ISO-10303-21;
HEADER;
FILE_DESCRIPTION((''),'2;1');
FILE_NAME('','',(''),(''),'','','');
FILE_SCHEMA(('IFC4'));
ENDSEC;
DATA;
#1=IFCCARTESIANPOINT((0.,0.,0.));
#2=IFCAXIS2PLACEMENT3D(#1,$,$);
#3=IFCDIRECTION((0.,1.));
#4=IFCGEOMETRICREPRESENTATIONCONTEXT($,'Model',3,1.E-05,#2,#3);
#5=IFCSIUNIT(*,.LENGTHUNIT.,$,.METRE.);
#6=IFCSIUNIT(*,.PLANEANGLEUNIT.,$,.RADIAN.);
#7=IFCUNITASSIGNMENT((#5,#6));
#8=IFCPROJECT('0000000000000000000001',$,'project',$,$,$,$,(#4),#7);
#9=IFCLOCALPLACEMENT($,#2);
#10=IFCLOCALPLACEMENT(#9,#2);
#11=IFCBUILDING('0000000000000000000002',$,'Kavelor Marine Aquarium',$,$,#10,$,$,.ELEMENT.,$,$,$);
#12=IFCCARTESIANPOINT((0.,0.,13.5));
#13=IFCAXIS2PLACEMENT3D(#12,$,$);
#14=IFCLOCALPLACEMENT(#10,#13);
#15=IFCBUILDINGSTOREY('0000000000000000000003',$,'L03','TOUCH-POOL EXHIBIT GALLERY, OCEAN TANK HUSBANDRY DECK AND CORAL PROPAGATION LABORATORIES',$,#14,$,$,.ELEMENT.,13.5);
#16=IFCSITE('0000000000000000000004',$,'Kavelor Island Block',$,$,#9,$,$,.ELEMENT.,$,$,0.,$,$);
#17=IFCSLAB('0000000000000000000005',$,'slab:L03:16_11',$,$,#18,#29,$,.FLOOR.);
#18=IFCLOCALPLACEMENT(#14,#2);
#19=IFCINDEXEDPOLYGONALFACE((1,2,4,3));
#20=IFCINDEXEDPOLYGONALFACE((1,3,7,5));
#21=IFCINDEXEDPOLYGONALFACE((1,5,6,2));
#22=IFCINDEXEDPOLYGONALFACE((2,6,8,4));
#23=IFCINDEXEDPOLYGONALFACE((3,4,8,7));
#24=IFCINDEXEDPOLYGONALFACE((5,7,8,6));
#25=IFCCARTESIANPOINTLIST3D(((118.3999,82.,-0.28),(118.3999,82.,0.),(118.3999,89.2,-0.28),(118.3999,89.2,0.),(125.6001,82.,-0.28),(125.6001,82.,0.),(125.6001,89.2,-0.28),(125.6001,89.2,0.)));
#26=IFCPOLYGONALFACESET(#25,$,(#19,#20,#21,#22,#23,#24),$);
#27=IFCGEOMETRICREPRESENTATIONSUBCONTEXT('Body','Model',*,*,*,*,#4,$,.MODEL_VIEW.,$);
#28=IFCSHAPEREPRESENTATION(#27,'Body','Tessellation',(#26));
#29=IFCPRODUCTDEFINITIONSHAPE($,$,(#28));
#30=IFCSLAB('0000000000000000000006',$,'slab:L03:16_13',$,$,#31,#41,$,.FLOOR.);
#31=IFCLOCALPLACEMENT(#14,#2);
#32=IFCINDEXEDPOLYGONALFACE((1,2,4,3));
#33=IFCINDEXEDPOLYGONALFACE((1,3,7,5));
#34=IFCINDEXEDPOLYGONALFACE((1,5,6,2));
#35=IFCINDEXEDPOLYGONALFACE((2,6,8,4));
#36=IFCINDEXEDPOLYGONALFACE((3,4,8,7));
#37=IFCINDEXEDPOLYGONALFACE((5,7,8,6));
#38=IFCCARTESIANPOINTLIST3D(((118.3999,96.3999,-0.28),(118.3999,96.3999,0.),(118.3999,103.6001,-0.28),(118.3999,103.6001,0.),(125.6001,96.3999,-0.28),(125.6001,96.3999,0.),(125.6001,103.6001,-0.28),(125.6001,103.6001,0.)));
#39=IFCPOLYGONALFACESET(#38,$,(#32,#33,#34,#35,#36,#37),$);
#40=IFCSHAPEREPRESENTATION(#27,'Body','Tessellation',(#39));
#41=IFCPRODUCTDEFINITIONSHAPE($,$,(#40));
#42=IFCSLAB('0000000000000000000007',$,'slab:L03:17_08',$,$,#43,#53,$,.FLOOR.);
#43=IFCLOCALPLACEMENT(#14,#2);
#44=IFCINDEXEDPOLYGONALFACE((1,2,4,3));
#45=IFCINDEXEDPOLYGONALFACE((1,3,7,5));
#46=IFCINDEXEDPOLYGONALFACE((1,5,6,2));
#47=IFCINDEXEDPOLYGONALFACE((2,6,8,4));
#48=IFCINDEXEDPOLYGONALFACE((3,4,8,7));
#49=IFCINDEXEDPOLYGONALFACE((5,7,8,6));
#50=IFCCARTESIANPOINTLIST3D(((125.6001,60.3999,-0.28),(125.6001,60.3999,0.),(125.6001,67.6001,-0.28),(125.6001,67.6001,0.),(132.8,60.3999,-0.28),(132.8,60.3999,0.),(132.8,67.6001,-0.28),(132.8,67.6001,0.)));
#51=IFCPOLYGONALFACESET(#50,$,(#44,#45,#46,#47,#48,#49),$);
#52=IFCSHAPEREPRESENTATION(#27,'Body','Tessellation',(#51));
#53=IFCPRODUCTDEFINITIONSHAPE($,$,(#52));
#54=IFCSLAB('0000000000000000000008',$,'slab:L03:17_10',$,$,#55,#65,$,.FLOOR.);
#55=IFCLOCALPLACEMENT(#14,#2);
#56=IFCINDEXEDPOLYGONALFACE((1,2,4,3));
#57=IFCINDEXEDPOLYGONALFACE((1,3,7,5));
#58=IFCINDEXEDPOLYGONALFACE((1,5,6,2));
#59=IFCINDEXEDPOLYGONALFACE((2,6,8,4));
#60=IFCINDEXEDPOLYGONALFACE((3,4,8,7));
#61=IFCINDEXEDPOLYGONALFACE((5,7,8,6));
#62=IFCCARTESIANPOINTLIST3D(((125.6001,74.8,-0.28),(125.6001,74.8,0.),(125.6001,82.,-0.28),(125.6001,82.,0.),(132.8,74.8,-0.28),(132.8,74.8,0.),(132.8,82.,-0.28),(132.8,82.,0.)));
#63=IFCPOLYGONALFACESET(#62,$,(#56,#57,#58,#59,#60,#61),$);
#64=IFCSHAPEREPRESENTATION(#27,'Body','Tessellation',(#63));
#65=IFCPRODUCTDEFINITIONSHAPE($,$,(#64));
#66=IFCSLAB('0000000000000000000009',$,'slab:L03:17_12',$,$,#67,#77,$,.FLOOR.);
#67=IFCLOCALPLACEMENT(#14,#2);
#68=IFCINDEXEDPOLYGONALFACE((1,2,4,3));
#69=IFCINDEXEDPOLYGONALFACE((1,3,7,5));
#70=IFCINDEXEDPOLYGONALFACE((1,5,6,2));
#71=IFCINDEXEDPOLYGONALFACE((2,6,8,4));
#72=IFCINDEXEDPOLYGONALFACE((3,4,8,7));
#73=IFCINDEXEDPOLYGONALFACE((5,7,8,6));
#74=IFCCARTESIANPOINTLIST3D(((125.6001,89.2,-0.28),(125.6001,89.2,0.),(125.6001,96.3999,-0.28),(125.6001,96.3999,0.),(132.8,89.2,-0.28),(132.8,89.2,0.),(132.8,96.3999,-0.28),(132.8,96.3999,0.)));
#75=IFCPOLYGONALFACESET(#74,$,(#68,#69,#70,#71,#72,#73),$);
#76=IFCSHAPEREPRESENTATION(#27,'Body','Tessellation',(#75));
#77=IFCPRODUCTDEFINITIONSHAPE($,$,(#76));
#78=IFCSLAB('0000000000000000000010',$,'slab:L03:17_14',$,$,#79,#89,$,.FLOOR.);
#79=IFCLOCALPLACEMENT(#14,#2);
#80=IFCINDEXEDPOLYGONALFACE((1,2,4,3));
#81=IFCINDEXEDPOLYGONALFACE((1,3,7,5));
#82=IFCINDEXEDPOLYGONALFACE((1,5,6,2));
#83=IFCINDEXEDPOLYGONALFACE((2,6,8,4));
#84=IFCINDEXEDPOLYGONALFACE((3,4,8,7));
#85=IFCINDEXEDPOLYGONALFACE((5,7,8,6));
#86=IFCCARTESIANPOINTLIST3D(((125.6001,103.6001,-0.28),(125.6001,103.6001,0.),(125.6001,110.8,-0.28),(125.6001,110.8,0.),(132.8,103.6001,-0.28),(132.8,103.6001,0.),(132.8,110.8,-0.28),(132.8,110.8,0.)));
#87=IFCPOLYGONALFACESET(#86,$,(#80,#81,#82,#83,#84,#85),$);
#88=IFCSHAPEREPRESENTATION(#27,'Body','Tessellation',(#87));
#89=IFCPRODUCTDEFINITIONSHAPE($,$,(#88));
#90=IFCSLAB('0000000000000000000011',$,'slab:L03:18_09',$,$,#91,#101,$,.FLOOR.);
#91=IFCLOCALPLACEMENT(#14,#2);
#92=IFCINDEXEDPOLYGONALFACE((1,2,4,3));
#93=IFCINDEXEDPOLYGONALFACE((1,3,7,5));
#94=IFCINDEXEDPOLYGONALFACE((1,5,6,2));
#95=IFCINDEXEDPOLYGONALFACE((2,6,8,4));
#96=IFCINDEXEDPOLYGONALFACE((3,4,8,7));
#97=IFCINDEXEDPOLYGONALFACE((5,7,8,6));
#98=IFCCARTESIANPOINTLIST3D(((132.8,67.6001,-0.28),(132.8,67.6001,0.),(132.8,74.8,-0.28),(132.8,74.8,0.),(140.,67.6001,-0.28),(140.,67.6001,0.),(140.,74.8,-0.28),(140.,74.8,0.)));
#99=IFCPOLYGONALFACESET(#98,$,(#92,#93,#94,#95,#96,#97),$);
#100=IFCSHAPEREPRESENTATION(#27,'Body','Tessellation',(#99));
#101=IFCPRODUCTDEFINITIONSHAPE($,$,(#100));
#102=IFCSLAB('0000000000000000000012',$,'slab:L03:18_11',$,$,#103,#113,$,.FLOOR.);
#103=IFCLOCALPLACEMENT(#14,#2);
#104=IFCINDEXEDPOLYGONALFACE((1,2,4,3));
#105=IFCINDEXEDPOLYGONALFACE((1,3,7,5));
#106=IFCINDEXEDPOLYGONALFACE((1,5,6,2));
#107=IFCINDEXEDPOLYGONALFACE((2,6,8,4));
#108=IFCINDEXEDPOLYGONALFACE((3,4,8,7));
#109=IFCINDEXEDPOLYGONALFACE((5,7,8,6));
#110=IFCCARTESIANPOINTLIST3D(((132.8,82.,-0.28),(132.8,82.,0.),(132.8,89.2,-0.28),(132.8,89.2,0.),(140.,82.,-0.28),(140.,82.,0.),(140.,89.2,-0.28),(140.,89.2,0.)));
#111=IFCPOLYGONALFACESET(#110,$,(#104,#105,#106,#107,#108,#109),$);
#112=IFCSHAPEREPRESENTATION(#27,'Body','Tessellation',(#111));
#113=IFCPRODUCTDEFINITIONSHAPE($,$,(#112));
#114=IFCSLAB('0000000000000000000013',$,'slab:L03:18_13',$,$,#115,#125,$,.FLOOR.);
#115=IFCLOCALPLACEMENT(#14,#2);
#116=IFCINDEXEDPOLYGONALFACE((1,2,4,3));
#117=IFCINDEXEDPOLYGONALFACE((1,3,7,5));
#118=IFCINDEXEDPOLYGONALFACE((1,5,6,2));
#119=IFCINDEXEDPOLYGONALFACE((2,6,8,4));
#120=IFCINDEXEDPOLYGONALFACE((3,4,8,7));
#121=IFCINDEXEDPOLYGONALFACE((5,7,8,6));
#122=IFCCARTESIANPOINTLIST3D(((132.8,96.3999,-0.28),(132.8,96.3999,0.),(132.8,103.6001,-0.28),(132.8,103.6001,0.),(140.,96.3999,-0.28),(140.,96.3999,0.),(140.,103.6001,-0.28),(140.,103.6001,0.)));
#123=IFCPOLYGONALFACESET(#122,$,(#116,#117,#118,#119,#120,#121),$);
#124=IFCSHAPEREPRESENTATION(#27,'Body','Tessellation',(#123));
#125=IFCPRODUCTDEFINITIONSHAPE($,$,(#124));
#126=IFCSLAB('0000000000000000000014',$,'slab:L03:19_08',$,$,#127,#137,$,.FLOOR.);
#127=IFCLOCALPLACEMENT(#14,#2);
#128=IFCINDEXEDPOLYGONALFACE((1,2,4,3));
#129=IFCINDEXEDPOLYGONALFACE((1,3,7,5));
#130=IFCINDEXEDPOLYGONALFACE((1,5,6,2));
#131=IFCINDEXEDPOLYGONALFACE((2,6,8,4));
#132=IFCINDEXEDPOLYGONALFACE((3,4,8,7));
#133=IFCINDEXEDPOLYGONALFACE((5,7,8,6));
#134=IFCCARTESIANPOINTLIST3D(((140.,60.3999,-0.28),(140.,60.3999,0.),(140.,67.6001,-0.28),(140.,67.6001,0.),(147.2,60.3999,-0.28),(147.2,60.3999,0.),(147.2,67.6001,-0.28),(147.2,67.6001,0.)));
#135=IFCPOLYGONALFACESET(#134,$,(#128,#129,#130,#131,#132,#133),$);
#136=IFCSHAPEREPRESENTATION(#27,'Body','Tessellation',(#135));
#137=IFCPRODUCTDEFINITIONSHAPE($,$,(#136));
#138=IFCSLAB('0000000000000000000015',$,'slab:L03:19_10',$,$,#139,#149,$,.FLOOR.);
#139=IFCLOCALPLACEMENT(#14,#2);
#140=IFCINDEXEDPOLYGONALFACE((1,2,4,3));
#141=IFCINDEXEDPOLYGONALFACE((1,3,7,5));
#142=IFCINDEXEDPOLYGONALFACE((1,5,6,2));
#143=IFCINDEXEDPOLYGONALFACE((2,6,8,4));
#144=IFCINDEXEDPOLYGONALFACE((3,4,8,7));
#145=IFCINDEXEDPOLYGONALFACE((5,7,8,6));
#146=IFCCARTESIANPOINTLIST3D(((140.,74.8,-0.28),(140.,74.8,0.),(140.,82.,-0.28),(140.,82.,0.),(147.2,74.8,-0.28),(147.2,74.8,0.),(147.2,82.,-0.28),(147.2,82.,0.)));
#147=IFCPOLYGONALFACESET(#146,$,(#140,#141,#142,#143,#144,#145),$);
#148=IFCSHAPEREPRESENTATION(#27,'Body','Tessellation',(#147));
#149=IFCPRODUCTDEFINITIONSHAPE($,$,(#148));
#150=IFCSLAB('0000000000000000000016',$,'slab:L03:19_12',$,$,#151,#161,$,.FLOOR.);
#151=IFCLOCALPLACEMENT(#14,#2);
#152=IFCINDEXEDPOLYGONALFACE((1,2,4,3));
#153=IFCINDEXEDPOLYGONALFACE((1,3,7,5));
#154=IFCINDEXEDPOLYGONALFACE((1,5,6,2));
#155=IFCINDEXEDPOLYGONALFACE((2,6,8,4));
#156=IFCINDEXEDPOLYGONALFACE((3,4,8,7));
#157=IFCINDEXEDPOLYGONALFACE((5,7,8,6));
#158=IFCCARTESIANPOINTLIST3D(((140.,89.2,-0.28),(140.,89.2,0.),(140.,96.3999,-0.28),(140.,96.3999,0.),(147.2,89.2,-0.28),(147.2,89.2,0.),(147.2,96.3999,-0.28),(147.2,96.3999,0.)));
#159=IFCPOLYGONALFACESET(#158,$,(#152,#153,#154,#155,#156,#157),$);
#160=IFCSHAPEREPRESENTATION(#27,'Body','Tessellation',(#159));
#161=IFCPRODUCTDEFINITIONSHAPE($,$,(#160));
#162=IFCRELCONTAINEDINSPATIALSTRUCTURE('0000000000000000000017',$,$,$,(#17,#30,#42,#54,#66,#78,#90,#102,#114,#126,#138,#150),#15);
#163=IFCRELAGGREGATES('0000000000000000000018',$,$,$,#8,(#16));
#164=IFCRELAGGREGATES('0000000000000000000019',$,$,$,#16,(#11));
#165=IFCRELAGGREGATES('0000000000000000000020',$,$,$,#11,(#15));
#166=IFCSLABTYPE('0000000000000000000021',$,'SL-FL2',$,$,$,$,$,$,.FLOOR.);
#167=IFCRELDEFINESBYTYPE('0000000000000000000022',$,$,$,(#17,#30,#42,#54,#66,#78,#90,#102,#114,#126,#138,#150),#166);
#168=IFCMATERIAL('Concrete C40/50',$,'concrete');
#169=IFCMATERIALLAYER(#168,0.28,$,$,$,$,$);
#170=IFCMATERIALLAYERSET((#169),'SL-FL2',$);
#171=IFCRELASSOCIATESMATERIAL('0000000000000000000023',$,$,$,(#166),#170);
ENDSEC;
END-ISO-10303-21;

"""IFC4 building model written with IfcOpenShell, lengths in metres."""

from ifc_helpers import new_model, si_unit, direction, frame, origin, place, context, subcontext, project, spatial, polyline, outline, extrude, material, layer, layer_set, type_object, element, save


model = new_model("IFC4")

# Units and contexts
model_context = context("Model", 3, precision=1e-05, world=origin(), true_north=direction((0.0, 1.0)))
body_context = subcontext(model_context, "Body", "Model", "MODEL_VIEW")
ifc_project = project(units=[si_unit("LENGTHUNIT", "METRE"), si_unit("PLANEANGLEUNIT", "RADIAN")], contexts=[model_context])

# Site, building, storey
site_placement = place(None, origin())
site = spatial("IfcSite", under=ifc_project, at=site_placement, Name="Kavelor Island Block", CompositionType="ELEMENT", RefElevation=0.0)
building_placement = place(site_placement, origin())
building = spatial("IfcBuilding", under=site, at=building_placement, Name="Kavelor Marine Aquarium", CompositionType="ELEMENT")
storey_placement = place(building_placement, frame((0.0, 0.0, 13.5)))
storey = spatial("IfcBuildingStorey", under=building, at=storey_placement, Name="L03", Description="TOUCH-POOL EXHIBIT GALLERY, OCEAN TANK HUSBANDRY DECK AND CORAL PROPAGATION LABORATORIES", CompositionType="ELEMENT", Elevation=13.5)

# Slabs
ifc_material_1 = material(Name="Concrete C40/50", Category="concrete")
ifc_layer_1 = layer(ifc_material_1, 0.28)
ifc_layer_set_1 = layer_set([ifc_layer_1], Name="SL-FL2")
slab_type_1 = type_object("IfcSlabType", Name="SL-FL2", PredefinedType="FLOOR", material=ifc_layer_set_1)
slab_1_placement = place(storey_placement, frame((0.0, 0.0, -0.28)))
element("IfcSlab", 1, at=slab_1_placement, inside=storey, type_object=slab_type_1, Name="slab:L03:16_11", PredefinedType="FLOOR", context=body_context, shape_type="SweptSolid", body=[
    extrude(outline(polyline([(118.3999, 82.0), (125.6001, 82.0), (125.6001, 89.2), (118.3999, 89.2), (118.3999, 82.0)])), origin(), (0.0, 0.0, 1.0), 0.28),
])
slab_2_placement = place(storey_placement, frame((0.0, 0.0, -0.28)))
element("IfcSlab", 2, at=slab_2_placement, inside=storey, type_object=slab_type_1, Name="slab:L03:16_13", PredefinedType="FLOOR", context=body_context, shape_type="SweptSolid", body=[
    extrude(outline(polyline([(118.3999, 96.3999), (125.6001, 96.3999), (125.6001, 103.6001), (118.3999, 103.6001), (118.3999, 96.3999)])), origin(), (0.0, 0.0, 1.0), 0.28),
])
slab_3_placement = place(storey_placement, frame((0.0, 0.0, -0.28)))
element("IfcSlab", 3, at=slab_3_placement, inside=storey, type_object=slab_type_1, Name="slab:L03:17_08", PredefinedType="FLOOR", context=body_context, shape_type="SweptSolid", body=[
    extrude(outline(polyline([(125.6001, 60.3999), (132.8, 60.3999), (132.8, 67.6001), (125.6001, 67.6001), (125.6001, 60.3999)])), origin(), (0.0, 0.0, 1.0), 0.28),
])
slab_4_placement = place(storey_placement, frame((0.0, 0.0, -0.28)))
element("IfcSlab", 4, at=slab_4_placement, inside=storey, type_object=slab_type_1, Name="slab:L03:17_10", PredefinedType="FLOOR", context=body_context, shape_type="SweptSolid", body=[
    extrude(outline(polyline([(125.6001, 74.8), (132.8, 74.8), (132.8, 82.0), (125.6001, 82.0), (125.6001, 74.8)])), origin(), (0.0, 0.0, 1.0), 0.28),
])
slab_5_placement = place(storey_placement, frame((0.0, 0.0, -0.28)))
element("IfcSlab", 5, at=slab_5_placement, inside=storey, type_object=slab_type_1, Name="slab:L03:17_12", PredefinedType="FLOOR", context=body_context, shape_type="SweptSolid", body=[
    extrude(outline(polyline([(125.6001, 89.2), (132.8, 89.2), (132.8, 96.3999), (125.6001, 96.3999), (125.6001, 89.2)])), origin(), (0.0, 0.0, 1.0), 0.28),
])
slab_6_placement = place(storey_placement, frame((0.0, 0.0, -0.28)))
element("IfcSlab", 6, at=slab_6_placement, inside=storey, type_object=slab_type_1, Name="slab:L03:17_14", PredefinedType="FLOOR", context=body_context, shape_type="SweptSolid", body=[
    extrude(outline(polyline([(125.6001, 103.6001), (132.8, 103.6001), (132.8, 110.8), (125.6001, 110.8), (125.6001, 103.6001)])), origin(), (0.0, 0.0, 1.0), 0.28),
])
slab_7_placement = place(storey_placement, frame((0.0, 0.0, -0.28)))
element("IfcSlab", 7, at=slab_7_placement, inside=storey, type_object=slab_type_1, Name="slab:L03:18_09", PredefinedType="FLOOR", context=body_context, shape_type="SweptSolid", body=[
    extrude(outline(polyline([(132.8, 67.6001), (140.0, 67.6001), (140.0, 74.8), (132.8, 74.8), (132.8, 67.6001)])), origin(), (0.0, 0.0, 1.0), 0.28),
])
slab_8_placement = place(storey_placement, frame((0.0, 0.0, -0.28)))
element("IfcSlab", 8, at=slab_8_placement, inside=storey, type_object=slab_type_1, Name="slab:L03:18_11", PredefinedType="FLOOR", context=body_context, shape_type="SweptSolid", body=[
    extrude(outline(polyline([(132.8, 82.0), (140.0, 82.0), (140.0, 89.2), (132.8, 89.2), (132.8, 82.0)])), origin(), (0.0, 0.0, 1.0), 0.28),
])
slab_9_placement = place(storey_placement, frame((0.0, 0.0, -0.28)))
element("IfcSlab", 9, at=slab_9_placement, inside=storey, type_object=slab_type_1, Name="slab:L03:18_13", PredefinedType="FLOOR", context=body_context, shape_type="SweptSolid", body=[
    extrude(outline(polyline([(132.8, 96.3999), (140.0, 96.3999), (140.0, 103.6001), (132.8, 103.6001), (132.8, 96.3999)])), origin(), (0.0, 0.0, 1.0), 0.28),
])
slab_10_placement = place(storey_placement, frame((0.0, 0.0, -0.28)))
element("IfcSlab", 10, at=slab_10_placement, inside=storey, type_object=slab_type_1, Name="slab:L03:19_08", PredefinedType="FLOOR", context=body_context, shape_type="SweptSolid", body=[
    extrude(outline(polyline([(140.0, 60.3999), (147.2, 60.3999), (147.2, 67.6001), (140.0, 67.6001), (140.0, 60.3999)])), origin(), (0.0, 0.0, 1.0), 0.28),
])
slab_11_placement = place(storey_placement, frame((0.0, 0.0, -0.28)))
element("IfcSlab", 11, at=slab_11_placement, inside=storey, type_object=slab_type_1, Name="slab:L03:19_10", PredefinedType="FLOOR", context=body_context, shape_type="SweptSolid", body=[
    extrude(outline(polyline([(140.0, 74.8), (147.2, 74.8), (147.2, 82.0), (140.0, 82.0), (140.0, 74.8)])), origin(), (0.0, 0.0, 1.0), 0.28),
])
slab_12_placement = place(storey_placement, frame((0.0, 0.0, -0.28)))
element("IfcSlab", 12, at=slab_12_placement, inside=storey, type_object=slab_type_1, Name="slab:L03:19_12", PredefinedType="FLOOR", context=body_context, shape_type="SweptSolid", body=[
    extrude(outline(polyline([(140.0, 89.2), (147.2, 89.2), (147.2, 96.3999), (140.0, 96.3999), (140.0, 89.2)])), origin(), (0.0, 0.0, 1.0), 0.28),
])

save(model, "model.ifc")
